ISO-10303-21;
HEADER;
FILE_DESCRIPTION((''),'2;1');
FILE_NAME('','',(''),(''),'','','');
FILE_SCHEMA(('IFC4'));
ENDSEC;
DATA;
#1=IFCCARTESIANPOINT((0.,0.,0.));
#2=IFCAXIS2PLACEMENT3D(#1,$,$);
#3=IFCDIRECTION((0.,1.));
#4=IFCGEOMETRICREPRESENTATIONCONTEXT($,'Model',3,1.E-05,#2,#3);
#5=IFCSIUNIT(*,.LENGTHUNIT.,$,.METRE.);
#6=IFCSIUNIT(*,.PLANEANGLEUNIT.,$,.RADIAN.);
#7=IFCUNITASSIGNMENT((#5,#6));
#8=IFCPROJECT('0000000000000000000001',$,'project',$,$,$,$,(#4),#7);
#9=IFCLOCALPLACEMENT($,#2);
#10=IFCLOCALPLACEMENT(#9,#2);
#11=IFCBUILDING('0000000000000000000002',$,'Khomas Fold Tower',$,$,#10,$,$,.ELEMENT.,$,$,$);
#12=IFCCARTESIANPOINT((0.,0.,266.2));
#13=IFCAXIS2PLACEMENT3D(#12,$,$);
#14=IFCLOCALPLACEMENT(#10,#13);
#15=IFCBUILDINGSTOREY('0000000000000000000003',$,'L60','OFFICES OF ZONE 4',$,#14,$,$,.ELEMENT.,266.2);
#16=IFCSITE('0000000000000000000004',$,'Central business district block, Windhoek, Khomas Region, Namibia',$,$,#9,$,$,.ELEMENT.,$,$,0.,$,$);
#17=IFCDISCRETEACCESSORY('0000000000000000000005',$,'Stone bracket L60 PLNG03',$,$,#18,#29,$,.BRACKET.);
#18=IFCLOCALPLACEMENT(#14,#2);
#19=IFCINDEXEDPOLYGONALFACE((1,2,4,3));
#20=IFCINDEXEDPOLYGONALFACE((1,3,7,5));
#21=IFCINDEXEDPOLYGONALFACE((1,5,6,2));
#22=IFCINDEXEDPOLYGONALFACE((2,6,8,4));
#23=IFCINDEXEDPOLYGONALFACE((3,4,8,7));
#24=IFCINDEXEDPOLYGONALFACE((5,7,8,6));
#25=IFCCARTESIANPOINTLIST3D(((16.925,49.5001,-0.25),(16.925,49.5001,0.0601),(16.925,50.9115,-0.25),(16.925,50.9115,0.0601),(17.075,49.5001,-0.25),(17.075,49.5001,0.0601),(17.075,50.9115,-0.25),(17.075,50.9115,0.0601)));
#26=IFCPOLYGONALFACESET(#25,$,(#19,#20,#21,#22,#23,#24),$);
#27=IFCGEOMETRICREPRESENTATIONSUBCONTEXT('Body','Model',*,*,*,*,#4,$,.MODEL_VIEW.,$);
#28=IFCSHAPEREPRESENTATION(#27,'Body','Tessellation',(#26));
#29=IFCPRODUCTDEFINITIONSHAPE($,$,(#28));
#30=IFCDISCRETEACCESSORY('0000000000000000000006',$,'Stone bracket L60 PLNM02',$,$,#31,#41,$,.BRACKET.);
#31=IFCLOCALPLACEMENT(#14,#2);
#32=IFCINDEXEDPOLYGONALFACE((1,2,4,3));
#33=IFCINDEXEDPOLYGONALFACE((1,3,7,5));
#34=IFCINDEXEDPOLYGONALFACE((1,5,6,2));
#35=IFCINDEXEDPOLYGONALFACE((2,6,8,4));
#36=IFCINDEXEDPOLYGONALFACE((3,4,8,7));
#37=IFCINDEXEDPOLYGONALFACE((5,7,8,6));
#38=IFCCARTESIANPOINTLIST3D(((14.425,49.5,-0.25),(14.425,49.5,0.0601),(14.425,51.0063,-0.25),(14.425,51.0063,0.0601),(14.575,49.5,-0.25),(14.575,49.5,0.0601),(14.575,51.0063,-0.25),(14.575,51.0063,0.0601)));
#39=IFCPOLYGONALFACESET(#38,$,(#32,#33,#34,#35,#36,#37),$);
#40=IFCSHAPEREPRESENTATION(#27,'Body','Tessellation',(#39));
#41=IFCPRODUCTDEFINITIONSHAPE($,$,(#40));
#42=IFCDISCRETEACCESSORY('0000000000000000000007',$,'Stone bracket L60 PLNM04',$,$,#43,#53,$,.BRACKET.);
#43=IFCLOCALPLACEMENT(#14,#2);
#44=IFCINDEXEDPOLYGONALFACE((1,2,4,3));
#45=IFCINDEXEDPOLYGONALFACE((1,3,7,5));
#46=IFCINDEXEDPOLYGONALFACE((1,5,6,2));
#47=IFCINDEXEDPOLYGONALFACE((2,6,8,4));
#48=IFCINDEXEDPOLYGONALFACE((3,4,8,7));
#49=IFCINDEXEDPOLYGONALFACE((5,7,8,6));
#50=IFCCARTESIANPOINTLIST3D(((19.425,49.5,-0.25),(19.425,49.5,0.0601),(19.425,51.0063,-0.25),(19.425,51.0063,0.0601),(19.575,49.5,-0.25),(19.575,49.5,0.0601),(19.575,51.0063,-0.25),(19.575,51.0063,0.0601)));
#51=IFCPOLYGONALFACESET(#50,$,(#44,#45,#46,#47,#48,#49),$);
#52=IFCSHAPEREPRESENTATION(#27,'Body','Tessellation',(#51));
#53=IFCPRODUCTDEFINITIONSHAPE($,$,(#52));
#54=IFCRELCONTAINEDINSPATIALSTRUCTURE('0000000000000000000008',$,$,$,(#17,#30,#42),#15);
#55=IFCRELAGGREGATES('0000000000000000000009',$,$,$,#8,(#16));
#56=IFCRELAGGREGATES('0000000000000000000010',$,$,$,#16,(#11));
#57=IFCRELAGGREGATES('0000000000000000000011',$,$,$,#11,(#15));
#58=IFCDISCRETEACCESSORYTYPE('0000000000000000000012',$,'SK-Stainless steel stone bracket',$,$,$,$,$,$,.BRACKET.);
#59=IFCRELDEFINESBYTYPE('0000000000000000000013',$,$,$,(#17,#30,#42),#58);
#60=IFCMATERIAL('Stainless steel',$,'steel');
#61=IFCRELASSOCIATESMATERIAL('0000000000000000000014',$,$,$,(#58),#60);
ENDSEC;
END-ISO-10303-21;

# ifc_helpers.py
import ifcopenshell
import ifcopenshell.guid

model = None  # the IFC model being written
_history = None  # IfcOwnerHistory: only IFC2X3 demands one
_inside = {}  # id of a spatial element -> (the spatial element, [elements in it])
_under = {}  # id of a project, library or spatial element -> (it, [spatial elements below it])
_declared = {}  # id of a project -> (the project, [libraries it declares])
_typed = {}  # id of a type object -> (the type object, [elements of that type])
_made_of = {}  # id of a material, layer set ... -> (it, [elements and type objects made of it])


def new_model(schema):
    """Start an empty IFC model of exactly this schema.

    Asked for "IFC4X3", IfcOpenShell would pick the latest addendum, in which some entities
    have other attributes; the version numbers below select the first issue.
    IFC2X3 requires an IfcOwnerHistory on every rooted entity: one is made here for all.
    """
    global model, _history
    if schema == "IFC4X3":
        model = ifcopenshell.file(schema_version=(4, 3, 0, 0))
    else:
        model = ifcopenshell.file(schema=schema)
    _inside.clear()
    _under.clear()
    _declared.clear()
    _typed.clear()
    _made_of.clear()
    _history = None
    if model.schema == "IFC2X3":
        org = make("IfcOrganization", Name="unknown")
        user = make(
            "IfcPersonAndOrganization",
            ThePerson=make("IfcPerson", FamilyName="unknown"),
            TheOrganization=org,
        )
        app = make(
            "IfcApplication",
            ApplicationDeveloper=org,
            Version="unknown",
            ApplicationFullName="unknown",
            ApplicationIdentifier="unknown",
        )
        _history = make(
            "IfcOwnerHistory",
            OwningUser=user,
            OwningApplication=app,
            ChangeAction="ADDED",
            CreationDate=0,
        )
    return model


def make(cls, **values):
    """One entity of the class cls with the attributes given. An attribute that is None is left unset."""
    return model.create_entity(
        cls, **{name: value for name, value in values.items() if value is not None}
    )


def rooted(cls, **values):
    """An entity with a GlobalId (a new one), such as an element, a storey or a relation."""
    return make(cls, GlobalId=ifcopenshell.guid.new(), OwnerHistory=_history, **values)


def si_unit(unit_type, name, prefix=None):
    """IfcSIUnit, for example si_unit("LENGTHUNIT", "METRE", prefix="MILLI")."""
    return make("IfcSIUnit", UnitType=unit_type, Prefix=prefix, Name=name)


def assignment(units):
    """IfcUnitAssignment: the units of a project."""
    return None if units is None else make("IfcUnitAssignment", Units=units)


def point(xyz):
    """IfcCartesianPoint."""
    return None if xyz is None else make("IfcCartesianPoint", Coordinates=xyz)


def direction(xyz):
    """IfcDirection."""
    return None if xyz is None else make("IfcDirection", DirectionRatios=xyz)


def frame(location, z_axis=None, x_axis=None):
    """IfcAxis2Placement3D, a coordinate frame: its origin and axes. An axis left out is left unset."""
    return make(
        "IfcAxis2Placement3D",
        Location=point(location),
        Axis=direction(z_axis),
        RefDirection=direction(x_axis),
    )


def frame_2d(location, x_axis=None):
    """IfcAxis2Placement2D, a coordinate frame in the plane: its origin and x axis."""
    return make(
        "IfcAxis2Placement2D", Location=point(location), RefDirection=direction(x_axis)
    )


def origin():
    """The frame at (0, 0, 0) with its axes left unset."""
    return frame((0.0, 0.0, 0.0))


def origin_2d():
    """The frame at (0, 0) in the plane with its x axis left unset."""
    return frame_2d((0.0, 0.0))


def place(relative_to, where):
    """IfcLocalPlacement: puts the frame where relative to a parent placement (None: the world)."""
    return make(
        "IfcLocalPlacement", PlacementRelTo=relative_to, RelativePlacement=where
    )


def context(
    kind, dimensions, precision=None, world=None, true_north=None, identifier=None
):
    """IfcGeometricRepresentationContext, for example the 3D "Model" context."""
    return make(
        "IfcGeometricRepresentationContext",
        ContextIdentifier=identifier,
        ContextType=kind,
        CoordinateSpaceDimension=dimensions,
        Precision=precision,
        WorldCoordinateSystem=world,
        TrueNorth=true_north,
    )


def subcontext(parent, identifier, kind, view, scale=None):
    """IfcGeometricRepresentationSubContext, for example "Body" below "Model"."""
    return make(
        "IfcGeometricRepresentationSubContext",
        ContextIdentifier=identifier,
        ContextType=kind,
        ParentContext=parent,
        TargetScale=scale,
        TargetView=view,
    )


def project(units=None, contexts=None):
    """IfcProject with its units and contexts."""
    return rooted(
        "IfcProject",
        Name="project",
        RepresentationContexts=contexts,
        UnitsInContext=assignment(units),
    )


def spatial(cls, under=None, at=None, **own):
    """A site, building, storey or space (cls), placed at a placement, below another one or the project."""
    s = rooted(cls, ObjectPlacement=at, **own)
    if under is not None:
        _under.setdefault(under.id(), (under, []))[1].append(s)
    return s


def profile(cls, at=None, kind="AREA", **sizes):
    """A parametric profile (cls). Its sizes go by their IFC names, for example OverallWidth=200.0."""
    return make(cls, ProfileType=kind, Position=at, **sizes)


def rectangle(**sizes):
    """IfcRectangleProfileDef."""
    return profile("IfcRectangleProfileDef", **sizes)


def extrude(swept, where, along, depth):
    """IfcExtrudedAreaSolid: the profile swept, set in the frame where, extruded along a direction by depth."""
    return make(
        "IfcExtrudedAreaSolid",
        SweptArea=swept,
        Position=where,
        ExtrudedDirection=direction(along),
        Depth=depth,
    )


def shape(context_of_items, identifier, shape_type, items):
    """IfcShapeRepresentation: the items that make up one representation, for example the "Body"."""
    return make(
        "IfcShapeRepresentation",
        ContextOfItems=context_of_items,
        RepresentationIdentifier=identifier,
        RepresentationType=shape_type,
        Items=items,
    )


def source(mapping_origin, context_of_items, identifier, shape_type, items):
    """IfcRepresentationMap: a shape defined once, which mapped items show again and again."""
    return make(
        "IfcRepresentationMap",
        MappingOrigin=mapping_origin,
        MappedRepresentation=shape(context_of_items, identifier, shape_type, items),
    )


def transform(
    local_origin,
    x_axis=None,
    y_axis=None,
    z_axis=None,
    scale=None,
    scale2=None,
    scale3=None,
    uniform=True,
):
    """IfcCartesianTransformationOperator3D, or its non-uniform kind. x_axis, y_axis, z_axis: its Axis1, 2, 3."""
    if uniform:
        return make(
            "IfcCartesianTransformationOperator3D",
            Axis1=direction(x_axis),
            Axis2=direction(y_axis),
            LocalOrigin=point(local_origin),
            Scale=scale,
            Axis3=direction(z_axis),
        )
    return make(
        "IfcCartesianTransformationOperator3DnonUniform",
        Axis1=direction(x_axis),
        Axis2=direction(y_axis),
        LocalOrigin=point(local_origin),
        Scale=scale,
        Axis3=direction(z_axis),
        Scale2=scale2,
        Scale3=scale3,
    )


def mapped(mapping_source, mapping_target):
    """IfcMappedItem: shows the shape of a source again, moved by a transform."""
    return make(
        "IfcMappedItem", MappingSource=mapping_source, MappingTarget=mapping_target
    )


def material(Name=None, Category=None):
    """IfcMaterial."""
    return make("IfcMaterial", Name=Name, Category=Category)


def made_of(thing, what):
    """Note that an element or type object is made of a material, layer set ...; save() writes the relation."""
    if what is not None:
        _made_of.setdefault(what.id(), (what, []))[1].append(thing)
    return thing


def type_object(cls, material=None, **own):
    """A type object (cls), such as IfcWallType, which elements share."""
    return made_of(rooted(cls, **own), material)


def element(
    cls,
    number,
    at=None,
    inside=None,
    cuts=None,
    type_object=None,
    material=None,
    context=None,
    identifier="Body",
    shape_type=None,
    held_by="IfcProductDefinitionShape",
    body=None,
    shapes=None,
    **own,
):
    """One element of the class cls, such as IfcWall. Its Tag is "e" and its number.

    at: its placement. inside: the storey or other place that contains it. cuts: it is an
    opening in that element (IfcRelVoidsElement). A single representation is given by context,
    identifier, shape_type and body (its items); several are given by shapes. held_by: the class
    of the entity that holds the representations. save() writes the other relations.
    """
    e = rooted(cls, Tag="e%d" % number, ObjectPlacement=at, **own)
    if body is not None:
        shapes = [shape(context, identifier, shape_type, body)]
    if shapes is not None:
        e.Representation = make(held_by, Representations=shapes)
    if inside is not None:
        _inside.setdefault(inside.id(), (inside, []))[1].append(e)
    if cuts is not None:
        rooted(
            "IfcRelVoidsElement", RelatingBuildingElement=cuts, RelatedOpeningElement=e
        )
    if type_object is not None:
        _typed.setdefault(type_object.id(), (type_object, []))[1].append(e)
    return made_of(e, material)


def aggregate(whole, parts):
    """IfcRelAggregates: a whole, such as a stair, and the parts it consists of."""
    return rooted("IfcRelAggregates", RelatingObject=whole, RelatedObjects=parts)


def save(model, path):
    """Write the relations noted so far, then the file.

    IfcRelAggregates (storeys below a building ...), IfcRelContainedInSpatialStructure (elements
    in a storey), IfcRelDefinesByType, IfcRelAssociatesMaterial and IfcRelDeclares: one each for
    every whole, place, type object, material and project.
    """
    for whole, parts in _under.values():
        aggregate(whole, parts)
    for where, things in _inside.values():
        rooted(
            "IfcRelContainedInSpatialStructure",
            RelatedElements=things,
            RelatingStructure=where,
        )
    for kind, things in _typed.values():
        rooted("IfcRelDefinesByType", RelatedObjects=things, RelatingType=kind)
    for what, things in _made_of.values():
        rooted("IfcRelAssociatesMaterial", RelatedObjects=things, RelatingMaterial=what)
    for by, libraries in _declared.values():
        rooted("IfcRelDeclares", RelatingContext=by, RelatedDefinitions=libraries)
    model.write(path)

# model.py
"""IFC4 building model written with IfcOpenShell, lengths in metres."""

from ifc_helpers import new_model, si_unit, direction, frame, origin, origin_2d, place, context, subcontext, project, spatial, rectangle, extrude, source, transform, mapped, material, type_object, element, save


model = new_model("IFC4")

# Units and contexts
model_context = context("Model", 3, precision=1e-05, world=origin(), true_north=direction((0.0, 1.0)))
body_context = subcontext(model_context, "Body", "Model", "MODEL_VIEW")
ifc_project = project(units=[si_unit("LENGTHUNIT", "METRE"), si_unit("PLANEANGLEUNIT", "RADIAN")], contexts=[model_context])

# Site, building, storey
site_placement = place(None, origin())
site = spatial("IfcSite", under=ifc_project, at=site_placement, Name="Central business district block, Windhoek, Khomas Region, Namibia", CompositionType="ELEMENT", RefElevation=0.0)
building_placement = place(site_placement, origin())
building = spatial("IfcBuilding", under=site, at=building_placement, Name="Khomas Fold Tower", CompositionType="ELEMENT")
storey_placement = place(building_placement, frame((0.0, 0.0, 266.2)))
storey = spatial("IfcBuildingStorey", under=building, at=storey_placement, Name="L60", Description="OFFICES OF ZONE 4", CompositionType="ELEMENT", Elevation=266.2)

# Discrete accessories
ifc_material_1 = material(Name="Stainless steel", Category="steel")
discrete_accessory_type = type_object("IfcDiscreteAccessoryType", Name="SK-Stainless steel stone bracket", PredefinedType="BRACKET", material=ifc_material_1)
shared_shape_1 = source(origin(), body_context, "Body", "SweptSolid", [
    extrude(rectangle(XDim=1.4114, YDim=0.1499, at=origin_2d()), origin(), (0.0, 0.0, 1.0), 0.3101),
])
for number, where, z_axis, x_axis, name in (
    (1, (17.0, 50.2058, -0.25), (0.0, 0.0, 1.0), (0.0, 1.0, 0.0), "Stone bracket L60 PLNG03"),
):
    element("IfcDiscreteAccessory", number, at=place(storey_placement, frame(where, z_axis=z_axis, x_axis=x_axis)), inside=storey, type_object=discrete_accessory_type, Name=name, PredefinedType="BRACKET", context=body_context, shape_type="MappedRepresentation", body=[
        mapped(shared_shape_1, transform((0.0, 0.0, 0.0))),
    ])
shared_shape_2 = source(origin(), body_context, "Body", "SweptSolid", [
    extrude(rectangle(XDim=1.5063, YDim=0.1499, at=origin_2d()), origin(), (0.0, 0.0, 1.0), 0.3101),
])
for number, where, z_axis, x_axis, name in (
    (2, (14.5, 50.2532, -0.25), (0.0, 0.0, 1.0), (0.0, 1.0, 0.0), "Stone bracket L60 PLNM02"),
    (3, (19.5, 50.2532, -0.25), (0.0, 0.0, 1.0), (0.0, 1.0, 0.0), "Stone bracket L60 PLNM04"),
):
    element("IfcDiscreteAccessory", number, at=place(storey_placement, frame(where, z_axis=z_axis, x_axis=x_axis)), inside=storey, type_object=discrete_accessory_type, Name=name, PredefinedType="BRACKET", context=body_context, shape_type="MappedRepresentation", body=[
        mapped(shared_shape_2, transform((0.0, 0.0, 0.0))),
    ])

save(model, "model.ifc")
